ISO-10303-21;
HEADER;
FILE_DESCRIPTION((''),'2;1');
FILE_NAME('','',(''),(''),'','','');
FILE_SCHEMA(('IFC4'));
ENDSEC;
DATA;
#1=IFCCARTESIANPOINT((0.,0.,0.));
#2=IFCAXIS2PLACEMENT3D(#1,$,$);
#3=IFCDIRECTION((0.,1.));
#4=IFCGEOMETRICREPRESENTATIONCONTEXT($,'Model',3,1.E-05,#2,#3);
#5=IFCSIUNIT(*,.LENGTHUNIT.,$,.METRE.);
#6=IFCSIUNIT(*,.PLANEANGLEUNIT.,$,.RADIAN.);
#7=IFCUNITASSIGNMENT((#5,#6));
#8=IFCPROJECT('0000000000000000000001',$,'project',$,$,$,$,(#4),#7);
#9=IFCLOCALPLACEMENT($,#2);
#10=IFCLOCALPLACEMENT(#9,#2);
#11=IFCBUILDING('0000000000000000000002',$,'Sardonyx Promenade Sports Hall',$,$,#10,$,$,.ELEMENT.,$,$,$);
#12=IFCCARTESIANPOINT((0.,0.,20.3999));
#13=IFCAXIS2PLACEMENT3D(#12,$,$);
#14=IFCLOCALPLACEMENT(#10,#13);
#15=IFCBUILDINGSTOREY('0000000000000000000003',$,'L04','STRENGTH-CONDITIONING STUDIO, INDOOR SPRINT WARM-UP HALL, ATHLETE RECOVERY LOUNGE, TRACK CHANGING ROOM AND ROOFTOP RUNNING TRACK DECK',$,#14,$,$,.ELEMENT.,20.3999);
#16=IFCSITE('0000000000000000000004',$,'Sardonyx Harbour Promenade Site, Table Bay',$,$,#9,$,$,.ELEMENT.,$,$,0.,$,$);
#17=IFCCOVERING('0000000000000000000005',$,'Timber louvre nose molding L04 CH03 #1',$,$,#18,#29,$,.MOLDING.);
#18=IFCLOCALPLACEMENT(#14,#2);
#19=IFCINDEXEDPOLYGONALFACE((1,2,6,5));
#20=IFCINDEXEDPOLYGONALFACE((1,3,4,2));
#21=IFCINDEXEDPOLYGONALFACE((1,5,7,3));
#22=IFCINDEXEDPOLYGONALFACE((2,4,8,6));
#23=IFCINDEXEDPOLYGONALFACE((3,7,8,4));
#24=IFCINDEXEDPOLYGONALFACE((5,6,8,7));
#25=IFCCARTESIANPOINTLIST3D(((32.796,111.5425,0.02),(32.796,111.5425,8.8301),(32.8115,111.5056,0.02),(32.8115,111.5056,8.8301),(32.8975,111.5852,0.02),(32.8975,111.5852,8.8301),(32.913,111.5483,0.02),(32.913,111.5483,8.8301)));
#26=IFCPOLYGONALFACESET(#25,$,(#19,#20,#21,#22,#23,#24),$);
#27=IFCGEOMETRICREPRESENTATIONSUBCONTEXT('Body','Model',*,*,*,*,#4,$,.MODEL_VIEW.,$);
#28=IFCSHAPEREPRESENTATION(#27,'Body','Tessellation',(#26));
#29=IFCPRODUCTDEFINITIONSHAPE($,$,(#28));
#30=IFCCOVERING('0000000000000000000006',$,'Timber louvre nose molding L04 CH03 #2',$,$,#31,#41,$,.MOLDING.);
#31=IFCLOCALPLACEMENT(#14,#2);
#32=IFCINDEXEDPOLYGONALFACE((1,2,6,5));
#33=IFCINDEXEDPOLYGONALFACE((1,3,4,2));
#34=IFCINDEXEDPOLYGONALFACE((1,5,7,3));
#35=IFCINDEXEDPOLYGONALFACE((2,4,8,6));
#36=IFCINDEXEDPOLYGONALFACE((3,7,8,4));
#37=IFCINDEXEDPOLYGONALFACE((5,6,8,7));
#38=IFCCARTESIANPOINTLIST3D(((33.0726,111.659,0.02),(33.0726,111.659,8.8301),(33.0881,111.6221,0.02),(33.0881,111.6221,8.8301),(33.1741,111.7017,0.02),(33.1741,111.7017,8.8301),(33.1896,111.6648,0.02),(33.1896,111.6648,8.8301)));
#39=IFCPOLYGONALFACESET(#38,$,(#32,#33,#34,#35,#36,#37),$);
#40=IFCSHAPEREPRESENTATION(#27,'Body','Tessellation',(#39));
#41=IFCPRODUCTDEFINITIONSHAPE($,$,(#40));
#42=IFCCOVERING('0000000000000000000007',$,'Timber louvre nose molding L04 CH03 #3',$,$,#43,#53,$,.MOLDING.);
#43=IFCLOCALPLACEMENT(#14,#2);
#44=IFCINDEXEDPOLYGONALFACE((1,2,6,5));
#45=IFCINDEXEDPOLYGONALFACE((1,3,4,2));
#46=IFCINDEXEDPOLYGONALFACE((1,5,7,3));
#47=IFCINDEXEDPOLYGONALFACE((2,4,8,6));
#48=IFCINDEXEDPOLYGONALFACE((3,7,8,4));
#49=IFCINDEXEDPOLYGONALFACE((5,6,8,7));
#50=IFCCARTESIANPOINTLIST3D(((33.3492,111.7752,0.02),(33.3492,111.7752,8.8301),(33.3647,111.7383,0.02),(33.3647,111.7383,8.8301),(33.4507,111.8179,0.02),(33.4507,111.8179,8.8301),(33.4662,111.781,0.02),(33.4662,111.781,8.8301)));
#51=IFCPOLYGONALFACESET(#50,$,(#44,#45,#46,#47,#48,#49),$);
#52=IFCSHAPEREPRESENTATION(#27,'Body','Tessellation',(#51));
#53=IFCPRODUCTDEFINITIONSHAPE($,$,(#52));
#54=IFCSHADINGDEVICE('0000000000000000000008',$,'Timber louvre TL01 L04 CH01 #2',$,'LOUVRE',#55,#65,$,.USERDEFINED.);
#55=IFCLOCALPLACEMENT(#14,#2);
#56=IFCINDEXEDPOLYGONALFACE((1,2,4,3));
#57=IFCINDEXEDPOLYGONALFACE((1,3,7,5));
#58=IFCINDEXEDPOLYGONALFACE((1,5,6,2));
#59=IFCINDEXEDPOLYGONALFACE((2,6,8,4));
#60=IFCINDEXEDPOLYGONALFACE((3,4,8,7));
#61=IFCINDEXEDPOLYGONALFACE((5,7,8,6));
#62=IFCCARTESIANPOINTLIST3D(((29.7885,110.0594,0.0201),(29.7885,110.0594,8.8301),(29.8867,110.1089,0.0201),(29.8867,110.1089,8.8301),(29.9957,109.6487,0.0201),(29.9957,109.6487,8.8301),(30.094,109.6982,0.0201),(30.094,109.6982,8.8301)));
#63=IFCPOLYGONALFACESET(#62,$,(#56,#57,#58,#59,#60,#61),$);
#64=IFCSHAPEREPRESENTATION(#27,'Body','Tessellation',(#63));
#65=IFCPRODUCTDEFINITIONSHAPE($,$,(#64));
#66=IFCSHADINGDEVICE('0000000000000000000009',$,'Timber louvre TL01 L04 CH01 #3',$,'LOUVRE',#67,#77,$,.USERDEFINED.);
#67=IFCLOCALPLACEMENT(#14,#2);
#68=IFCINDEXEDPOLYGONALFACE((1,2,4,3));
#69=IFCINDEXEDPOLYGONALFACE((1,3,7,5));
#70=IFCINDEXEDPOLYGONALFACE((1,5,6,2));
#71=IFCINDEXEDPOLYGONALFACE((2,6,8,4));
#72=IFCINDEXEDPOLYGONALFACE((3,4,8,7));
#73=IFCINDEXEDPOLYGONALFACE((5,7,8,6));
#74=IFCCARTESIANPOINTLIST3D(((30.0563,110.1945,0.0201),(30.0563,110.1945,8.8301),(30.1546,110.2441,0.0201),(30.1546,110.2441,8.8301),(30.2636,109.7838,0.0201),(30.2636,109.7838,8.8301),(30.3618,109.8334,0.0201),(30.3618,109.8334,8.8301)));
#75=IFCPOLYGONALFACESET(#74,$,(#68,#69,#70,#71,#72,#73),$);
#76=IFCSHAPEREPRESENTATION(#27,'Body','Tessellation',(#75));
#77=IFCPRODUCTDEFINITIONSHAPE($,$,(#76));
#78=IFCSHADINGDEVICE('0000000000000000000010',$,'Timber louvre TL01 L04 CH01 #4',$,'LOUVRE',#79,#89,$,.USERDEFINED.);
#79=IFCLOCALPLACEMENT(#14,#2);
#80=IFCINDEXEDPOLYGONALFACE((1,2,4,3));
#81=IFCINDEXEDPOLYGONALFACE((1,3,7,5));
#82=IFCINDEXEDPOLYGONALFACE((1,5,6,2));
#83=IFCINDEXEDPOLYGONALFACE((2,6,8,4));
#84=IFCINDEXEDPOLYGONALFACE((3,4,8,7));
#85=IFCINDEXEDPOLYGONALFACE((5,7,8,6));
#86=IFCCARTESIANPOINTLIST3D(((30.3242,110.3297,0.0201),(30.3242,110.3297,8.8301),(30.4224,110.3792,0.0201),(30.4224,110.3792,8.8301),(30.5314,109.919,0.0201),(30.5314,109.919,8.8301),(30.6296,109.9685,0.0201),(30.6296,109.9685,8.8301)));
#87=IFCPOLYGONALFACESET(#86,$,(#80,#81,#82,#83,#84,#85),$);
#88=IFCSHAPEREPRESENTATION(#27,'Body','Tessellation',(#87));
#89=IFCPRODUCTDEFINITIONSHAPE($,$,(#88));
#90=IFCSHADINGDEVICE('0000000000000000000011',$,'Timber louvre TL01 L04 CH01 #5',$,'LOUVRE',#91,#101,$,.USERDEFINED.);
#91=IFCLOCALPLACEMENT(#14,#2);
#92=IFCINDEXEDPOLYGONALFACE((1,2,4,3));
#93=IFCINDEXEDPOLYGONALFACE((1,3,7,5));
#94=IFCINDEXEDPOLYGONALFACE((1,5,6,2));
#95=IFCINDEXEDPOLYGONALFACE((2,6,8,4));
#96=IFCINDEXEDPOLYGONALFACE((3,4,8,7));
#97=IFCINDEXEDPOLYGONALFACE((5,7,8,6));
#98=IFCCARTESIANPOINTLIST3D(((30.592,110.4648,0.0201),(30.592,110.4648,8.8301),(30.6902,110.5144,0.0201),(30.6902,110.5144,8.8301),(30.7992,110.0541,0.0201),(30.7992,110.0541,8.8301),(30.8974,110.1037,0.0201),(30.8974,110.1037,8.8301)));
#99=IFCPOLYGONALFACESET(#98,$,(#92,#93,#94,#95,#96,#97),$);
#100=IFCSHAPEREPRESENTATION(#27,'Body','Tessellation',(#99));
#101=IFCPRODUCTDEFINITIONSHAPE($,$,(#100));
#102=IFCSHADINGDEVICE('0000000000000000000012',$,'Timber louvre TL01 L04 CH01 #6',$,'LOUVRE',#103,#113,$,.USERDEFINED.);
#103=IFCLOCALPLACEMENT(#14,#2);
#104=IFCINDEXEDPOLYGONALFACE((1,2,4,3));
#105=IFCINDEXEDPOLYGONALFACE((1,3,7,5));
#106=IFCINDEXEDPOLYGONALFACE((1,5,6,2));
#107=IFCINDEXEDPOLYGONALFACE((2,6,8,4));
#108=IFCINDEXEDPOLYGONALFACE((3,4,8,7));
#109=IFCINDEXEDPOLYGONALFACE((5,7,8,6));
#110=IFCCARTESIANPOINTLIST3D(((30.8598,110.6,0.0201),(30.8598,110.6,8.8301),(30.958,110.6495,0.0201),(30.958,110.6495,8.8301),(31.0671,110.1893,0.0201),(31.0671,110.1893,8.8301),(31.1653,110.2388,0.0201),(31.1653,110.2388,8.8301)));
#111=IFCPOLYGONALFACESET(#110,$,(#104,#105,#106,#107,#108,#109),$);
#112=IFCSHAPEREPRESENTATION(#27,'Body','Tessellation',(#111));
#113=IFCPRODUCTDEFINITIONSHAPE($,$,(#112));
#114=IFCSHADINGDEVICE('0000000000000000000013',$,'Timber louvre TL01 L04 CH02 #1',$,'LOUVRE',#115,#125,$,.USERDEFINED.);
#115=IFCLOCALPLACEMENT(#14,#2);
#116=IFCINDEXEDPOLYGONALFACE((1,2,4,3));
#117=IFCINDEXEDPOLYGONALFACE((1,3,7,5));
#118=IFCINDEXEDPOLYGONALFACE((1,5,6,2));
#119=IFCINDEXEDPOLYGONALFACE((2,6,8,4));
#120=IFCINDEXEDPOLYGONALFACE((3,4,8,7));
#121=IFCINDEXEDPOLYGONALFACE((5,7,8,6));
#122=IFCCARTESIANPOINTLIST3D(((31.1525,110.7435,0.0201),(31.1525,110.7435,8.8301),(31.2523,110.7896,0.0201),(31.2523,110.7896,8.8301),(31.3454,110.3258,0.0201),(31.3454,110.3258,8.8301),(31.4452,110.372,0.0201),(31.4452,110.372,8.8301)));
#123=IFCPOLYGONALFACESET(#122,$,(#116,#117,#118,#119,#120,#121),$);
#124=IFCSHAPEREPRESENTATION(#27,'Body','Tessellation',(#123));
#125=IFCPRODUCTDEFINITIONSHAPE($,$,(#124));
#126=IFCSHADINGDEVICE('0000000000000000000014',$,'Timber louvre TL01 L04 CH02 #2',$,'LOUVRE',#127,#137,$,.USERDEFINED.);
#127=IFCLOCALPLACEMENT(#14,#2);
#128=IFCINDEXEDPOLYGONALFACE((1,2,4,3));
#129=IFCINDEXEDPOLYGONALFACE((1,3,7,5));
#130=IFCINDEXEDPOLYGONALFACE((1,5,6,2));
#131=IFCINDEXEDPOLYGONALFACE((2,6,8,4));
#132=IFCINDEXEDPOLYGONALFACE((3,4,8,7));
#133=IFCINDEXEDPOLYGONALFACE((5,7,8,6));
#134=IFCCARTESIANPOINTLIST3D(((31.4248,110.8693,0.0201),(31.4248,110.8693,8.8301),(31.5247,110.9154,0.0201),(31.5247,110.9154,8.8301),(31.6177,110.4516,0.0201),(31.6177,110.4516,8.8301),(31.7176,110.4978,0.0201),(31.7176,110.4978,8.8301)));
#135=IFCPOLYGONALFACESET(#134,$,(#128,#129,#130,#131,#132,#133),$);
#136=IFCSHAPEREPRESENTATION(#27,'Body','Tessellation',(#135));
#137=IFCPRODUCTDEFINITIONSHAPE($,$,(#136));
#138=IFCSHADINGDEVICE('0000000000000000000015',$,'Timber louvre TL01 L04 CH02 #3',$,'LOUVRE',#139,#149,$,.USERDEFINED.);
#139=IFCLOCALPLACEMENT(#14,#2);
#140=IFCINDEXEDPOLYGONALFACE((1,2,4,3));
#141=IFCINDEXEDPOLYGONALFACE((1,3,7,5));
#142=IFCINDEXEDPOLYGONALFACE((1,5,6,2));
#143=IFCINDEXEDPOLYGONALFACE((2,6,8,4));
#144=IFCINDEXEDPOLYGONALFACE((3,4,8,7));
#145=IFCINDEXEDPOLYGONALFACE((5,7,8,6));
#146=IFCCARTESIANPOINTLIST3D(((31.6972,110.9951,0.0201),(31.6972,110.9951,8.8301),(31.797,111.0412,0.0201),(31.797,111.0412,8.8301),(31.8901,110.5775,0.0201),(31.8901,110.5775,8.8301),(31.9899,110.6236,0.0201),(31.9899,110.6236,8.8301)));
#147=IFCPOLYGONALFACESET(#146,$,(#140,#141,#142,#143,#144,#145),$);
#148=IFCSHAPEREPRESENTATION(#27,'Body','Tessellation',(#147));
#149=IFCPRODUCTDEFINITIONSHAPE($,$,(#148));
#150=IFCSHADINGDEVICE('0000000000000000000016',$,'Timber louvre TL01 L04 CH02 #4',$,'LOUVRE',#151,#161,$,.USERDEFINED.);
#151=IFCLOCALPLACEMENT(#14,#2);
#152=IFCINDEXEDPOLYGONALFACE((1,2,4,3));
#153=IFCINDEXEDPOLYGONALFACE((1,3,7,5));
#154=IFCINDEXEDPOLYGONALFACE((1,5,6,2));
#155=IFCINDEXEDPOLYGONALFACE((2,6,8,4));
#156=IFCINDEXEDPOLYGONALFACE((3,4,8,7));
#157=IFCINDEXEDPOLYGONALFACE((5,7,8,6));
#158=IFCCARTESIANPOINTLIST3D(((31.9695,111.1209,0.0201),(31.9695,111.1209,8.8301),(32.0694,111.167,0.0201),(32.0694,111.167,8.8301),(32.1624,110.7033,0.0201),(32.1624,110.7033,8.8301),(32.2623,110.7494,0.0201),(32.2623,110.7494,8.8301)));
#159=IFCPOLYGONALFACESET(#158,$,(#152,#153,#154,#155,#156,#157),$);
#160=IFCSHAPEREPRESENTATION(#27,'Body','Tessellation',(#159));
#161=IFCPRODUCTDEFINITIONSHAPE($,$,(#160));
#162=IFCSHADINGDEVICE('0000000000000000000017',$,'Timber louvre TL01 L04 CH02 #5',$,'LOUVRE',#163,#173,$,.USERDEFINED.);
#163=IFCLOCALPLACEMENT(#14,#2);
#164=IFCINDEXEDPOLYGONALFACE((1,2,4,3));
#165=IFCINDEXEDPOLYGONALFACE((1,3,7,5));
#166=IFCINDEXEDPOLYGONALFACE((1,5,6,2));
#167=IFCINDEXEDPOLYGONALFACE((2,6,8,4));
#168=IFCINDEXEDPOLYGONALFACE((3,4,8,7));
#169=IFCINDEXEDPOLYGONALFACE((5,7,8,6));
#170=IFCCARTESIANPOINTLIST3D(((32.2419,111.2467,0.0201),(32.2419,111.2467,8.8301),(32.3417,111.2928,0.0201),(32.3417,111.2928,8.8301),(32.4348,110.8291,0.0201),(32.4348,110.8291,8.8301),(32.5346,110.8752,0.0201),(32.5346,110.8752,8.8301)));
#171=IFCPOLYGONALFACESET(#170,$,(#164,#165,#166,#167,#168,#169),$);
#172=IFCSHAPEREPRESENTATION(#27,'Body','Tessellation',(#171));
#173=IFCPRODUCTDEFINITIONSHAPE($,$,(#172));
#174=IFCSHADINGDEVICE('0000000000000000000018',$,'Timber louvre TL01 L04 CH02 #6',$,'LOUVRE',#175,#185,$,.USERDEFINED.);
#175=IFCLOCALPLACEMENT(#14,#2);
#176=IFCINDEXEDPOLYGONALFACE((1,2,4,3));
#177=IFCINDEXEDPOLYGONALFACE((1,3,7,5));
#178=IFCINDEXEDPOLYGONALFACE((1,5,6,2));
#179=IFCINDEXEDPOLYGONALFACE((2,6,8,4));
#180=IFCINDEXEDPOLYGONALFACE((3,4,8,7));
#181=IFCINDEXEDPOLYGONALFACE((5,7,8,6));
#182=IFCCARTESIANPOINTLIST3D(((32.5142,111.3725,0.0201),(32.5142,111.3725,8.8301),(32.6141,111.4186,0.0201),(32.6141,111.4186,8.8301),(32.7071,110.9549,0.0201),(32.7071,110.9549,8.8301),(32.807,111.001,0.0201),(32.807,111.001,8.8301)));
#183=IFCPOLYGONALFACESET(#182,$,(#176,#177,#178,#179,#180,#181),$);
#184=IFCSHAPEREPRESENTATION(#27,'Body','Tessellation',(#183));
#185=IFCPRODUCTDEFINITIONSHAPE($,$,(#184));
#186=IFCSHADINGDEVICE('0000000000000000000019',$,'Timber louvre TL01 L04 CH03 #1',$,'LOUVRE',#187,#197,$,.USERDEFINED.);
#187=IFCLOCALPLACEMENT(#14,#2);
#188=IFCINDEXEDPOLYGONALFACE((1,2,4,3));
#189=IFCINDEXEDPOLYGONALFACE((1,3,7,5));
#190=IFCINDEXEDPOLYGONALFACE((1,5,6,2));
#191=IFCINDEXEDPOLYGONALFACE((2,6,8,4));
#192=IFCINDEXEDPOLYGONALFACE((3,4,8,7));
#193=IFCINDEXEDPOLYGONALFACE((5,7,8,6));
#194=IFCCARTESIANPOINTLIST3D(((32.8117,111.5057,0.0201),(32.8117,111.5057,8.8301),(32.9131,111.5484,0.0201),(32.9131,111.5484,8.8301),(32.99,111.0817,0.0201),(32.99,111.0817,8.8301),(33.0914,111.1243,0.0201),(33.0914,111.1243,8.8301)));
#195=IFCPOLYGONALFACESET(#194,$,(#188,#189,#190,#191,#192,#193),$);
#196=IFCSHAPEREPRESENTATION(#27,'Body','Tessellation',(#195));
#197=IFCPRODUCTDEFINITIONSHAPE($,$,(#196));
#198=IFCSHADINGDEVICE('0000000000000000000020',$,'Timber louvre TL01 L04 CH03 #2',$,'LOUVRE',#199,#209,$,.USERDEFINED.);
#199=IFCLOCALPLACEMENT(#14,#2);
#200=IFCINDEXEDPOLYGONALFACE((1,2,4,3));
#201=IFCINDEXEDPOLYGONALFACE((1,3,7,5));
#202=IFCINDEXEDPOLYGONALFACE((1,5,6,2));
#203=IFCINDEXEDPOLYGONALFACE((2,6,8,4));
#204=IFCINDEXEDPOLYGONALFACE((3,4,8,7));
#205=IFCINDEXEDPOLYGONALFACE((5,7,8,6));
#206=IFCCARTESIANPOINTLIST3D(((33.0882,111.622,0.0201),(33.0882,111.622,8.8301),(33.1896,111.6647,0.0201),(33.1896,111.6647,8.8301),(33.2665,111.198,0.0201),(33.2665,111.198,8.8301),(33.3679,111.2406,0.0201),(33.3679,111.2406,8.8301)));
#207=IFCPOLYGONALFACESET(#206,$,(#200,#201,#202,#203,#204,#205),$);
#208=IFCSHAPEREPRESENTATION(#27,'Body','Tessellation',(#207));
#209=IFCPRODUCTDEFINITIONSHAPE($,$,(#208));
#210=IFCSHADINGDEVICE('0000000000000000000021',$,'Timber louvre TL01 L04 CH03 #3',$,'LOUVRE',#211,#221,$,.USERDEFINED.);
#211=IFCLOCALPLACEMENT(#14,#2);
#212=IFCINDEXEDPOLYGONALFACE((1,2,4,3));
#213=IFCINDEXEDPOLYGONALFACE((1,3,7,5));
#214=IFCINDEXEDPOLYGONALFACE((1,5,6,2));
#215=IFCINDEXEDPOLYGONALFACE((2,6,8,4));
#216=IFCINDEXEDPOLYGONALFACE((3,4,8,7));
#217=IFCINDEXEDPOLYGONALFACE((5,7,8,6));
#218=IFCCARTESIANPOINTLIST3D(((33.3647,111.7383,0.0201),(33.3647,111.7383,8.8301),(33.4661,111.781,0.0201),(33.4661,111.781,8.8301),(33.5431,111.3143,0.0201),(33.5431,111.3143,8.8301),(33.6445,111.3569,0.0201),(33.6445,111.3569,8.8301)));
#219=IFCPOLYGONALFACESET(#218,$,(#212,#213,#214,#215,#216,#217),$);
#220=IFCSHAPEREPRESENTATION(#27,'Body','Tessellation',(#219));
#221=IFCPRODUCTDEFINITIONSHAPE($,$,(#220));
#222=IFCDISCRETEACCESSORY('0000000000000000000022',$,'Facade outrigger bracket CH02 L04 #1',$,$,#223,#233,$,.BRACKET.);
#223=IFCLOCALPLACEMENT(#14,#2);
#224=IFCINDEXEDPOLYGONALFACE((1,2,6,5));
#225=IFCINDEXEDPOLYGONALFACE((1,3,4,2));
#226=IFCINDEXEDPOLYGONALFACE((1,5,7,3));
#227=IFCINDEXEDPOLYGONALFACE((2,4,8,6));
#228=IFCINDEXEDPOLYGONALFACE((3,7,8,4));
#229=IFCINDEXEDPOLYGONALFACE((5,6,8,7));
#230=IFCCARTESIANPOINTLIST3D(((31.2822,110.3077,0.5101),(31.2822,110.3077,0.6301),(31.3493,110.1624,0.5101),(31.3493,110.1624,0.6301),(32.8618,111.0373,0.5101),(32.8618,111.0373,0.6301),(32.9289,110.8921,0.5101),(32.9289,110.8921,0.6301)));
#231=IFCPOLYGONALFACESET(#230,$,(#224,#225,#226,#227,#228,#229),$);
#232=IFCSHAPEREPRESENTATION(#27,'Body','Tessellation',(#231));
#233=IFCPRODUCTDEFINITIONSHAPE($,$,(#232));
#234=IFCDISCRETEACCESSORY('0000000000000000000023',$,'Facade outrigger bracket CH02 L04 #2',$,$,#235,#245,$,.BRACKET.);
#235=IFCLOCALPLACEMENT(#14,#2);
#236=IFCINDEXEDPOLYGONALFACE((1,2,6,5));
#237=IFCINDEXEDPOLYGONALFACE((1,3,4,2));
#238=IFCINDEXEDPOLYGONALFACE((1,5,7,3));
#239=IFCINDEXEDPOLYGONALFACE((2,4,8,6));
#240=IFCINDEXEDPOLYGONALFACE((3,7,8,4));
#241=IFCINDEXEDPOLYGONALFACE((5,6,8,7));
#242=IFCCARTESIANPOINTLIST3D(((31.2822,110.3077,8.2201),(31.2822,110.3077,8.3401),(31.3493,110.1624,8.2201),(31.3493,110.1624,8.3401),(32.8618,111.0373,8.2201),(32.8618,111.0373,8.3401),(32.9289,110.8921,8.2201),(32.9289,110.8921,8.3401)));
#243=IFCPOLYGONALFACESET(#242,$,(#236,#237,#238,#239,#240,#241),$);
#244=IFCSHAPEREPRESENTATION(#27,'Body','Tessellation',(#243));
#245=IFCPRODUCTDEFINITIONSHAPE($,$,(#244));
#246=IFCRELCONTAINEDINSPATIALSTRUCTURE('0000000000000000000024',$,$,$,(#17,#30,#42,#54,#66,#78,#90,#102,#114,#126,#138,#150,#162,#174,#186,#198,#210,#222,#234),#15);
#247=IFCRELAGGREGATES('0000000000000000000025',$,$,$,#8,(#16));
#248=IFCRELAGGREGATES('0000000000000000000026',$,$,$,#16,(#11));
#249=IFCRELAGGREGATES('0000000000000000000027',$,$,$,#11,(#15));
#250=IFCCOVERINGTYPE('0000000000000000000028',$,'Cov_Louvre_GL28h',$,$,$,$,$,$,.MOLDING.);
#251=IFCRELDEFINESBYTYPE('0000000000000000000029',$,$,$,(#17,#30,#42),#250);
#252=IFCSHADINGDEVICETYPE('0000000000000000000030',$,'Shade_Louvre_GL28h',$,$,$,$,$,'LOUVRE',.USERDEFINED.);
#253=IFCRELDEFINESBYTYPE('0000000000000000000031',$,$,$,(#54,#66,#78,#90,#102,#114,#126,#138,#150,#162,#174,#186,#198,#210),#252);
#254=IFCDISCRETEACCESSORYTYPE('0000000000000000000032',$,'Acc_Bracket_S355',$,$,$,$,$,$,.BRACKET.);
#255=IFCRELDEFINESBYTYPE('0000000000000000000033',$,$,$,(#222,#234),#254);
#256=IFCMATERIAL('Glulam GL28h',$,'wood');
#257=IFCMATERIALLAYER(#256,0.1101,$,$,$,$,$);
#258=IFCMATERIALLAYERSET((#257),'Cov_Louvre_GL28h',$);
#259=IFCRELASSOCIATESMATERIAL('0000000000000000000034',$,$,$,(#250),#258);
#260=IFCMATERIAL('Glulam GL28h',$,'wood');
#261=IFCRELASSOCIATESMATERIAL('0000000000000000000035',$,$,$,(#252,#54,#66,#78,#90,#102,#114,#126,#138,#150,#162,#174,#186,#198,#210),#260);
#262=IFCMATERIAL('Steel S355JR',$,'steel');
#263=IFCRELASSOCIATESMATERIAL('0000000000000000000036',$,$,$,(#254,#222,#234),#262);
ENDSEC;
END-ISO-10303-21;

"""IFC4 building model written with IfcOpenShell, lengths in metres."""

from ifc_helpers import new_model, si_unit, direction, frame, origin, origin_2d, place, context, subcontext, project, spatial, rectangle, extrude, material, layer, layer_set, type_object, element, save


model = new_model("IFC4")

# Units and contexts
model_context = context("Model", 3, precision=1e-05, world=origin(), true_north=direction((0.0, 1.0)))
body_context = subcontext(model_context, "Body", "Model", "MODEL_VIEW")
ifc_project = project(units=[si_unit("LENGTHUNIT", "METRE"), si_unit("PLANEANGLEUNIT", "RADIAN")], contexts=[model_context])

# Site, building, storey
site_placement = place(None, origin())
site = spatial("IfcSite", under=ifc_project, at=site_placement, Name="Sardonyx Harbour Promenade Site, Table Bay", CompositionType="ELEMENT", RefElevation=0.0)
building_placement = place(site_placement, origin())
building = spatial("IfcBuilding", under=site, at=building_placement, Name="Sardonyx Promenade Sports Hall", CompositionType="ELEMENT")
storey_placement = place(building_placement, frame((0.0, 0.0, 20.3999)))
storey = spatial("IfcBuildingStorey", under=building, at=storey_placement, Name="L04", Description="STRENGTH-CONDITIONING STUDIO, INDOOR SPRINT WARM-UP HALL, ATHLETE RECOVERY LOUNGE, TRACK CHANGING ROOM AND ROOFTOP RUNNING TRACK DECK", CompositionType="ELEMENT", Elevation=20.3999)

# Coverings
ifc_material_1 = material(Name="Glulam GL28h", Category="wood")
ifc_layer_1 = layer(ifc_material_1, 0.1101)
ifc_layer_set_1 = layer_set([ifc_layer_1], Name="Cov_Louvre_GL28h")
covering_type = type_object("IfcCoveringType", Name="Cov_Louvre_GL28h", PredefinedType="MOLDING", material=ifc_layer_set_1)
for number, where, z_axis, x_axis, name in (
    (1, (32.8545, 111.5454, 0.02), (0.0, 0.0, 1.0), (0.9218, 0.387665, 0.0), "Timber louvre nose molding L04 CH03 #1"),
    (2, (33.1311, 111.6619, 0.02), (0.0, 0.0, 1.0), (0.9218, 0.387665, 0.0), "Timber louvre nose molding L04 CH03 #2"),
    (3, (33.4077, 111.7781, 0.02), (0.0, 0.0, 1.0), (0.9218, 0.387665, 0.0), "Timber louvre nose molding L04 CH03 #3"),
):
    element("IfcCovering", number, at=place(storey_placement, frame(where, z_axis=z_axis, x_axis=x_axis)), inside=storey, type_object=covering_type, Name=name, PredefinedType="MOLDING", context=body_context, shape_type="SweptSolid", body=[
        extrude(rectangle(XDim=0.1101, YDim=0.04, at=origin_2d()), origin(), (0.0, 0.0, 1.0), 8.8101),
    ])

# Shading devices
ifc_material_2 = material(Name="Glulam GL28h", Category="wood")
shading_device_type = type_object("IfcShadingDeviceType", Name="Shade_Louvre_GL28h", ElementType="LOUVRE", PredefinedType="USERDEFINED", material=ifc_material_2)
for number, where, z_axis, x_axis, name in (
    (4, (29.9412, 109.8788, 0.0201), (0.0, 0.0, 1.0), (0.892774, 0.450505, 0.0), "Timber louvre TL01 L04 CH01 #2"),
    (5, (30.2091, 110.014, 0.0201), (0.0, 0.0, 1.0), (0.892774, 0.450505, 0.0), "Timber louvre TL01 L04 CH01 #3"),
    (6, (30.4769, 110.1491, 0.0201), (0.0, 0.0, 1.0), (0.892774, 0.450505, 0.0), "Timber louvre TL01 L04 CH01 #4"),
    (7, (30.7447, 110.2843, 0.0201), (0.0, 0.0, 1.0), (0.892774, 0.450505, 0.0), "Timber louvre TL01 L04 CH01 #5"),
    (8, (31.0126, 110.4194, 0.0201), (0.0, 0.0, 1.0), (0.892774, 0.450505, 0.0), "Timber louvre TL01 L04 CH01 #6"),
    (9, (31.2989, 110.5577, 0.0201), (0.0, 0.0, 1.0), (0.907831, 0.419336, 0.0), "Timber louvre TL01 L04 CH02 #1"),
    (10, (31.5712, 110.6835, 0.0201), (0.0, 0.0, 1.0), (0.907831, 0.419336, 0.0), "Timber louvre TL01 L04 CH02 #2"),
    (11, (31.8436, 110.8093, 0.0201), (0.0, 0.0, 1.0), (0.907831, 0.419336, 0.0), "Timber louvre TL01 L04 CH02 #3"),
    (12, (32.1159, 110.9351, 0.0201), (0.0, 0.0, 1.0), (0.907831, 0.419336, 0.0), "Timber louvre TL01 L04 CH02 #4"),
    (13, (32.3883, 111.0609, 0.0201), (0.0, 0.0, 1.0), (0.907831, 0.419336, 0.0), "Timber louvre TL01 L04 CH02 #5"),
    (14, (32.6606, 111.1867, 0.0201), (0.0, 0.0, 1.0), (0.907831, 0.419336, 0.0), "Timber louvre TL01 L04 CH02 #6"),
    (15, (32.9515, 111.315, 0.0201), (0.0, 0.0, 1.0), (0.9218, 0.387665, 0.0), "Timber louvre TL01 L04 CH03 #1"),
    (16, (33.2281, 111.4313, 0.0201), (0.0, 0.0, 1.0), (0.9218, 0.387665, 0.0), "Timber louvre TL01 L04 CH03 #2"),
    (17, (33.5046, 111.5476, 0.0201), (0.0, 0.0, 1.0), (0.9218, 0.387665, 0.0), "Timber louvre TL01 L04 CH03 #3"),
):
    element("IfcShadingDevice", number, at=place(storey_placement, frame(where, z_axis=z_axis, x_axis=x_axis)), inside=storey, type_object=shading_device_type, material=ifc_material_2, Name=name, ObjectType="LOUVRE", PredefinedType="USERDEFINED", context=body_context, shape_type="SweptSolid", body=[
        extrude(rectangle(XDim=0.11, YDim=0.46), origin(), (0.0, 0.0, 1.0), 8.81),
    ])

# Discrete accessories
ifc_material_3 = material(Name="Steel S355JR", Category="steel")
discrete_accessory_type = type_object("IfcDiscreteAccessoryType", Name="Acc_Bracket_S355", PredefinedType="BRACKET", material=ifc_material_3)
for number, where, z_axis, x_axis, name in (
    (18, (32.1055, 110.5999, 0.5101), (0.0, 0.0, 1.0), (0.907831, 0.419336, 0.0), "Facade outrigger bracket CH02 L04 #1"),
    (19, (32.1055, 110.5999, 8.2201), (0.0, 0.0, 1.0), (0.907831, 0.419336, 0.0), "Facade outrigger bracket CH02 L04 #2"),
):
    element("IfcDiscreteAccessory", number, at=place(storey_placement, frame(where, z_axis=z_axis, x_axis=x_axis)), inside=storey, type_object=discrete_accessory_type, material=ifc_material_3, Name=name, PredefinedType="BRACKET", context=body_context, shape_type="SweptSolid", body=[
        extrude(rectangle(XDim=1.74, YDim=0.16), origin(), (0.0, 0.0, 1.0), 0.12),
    ])

save(model, "model.ifc")
